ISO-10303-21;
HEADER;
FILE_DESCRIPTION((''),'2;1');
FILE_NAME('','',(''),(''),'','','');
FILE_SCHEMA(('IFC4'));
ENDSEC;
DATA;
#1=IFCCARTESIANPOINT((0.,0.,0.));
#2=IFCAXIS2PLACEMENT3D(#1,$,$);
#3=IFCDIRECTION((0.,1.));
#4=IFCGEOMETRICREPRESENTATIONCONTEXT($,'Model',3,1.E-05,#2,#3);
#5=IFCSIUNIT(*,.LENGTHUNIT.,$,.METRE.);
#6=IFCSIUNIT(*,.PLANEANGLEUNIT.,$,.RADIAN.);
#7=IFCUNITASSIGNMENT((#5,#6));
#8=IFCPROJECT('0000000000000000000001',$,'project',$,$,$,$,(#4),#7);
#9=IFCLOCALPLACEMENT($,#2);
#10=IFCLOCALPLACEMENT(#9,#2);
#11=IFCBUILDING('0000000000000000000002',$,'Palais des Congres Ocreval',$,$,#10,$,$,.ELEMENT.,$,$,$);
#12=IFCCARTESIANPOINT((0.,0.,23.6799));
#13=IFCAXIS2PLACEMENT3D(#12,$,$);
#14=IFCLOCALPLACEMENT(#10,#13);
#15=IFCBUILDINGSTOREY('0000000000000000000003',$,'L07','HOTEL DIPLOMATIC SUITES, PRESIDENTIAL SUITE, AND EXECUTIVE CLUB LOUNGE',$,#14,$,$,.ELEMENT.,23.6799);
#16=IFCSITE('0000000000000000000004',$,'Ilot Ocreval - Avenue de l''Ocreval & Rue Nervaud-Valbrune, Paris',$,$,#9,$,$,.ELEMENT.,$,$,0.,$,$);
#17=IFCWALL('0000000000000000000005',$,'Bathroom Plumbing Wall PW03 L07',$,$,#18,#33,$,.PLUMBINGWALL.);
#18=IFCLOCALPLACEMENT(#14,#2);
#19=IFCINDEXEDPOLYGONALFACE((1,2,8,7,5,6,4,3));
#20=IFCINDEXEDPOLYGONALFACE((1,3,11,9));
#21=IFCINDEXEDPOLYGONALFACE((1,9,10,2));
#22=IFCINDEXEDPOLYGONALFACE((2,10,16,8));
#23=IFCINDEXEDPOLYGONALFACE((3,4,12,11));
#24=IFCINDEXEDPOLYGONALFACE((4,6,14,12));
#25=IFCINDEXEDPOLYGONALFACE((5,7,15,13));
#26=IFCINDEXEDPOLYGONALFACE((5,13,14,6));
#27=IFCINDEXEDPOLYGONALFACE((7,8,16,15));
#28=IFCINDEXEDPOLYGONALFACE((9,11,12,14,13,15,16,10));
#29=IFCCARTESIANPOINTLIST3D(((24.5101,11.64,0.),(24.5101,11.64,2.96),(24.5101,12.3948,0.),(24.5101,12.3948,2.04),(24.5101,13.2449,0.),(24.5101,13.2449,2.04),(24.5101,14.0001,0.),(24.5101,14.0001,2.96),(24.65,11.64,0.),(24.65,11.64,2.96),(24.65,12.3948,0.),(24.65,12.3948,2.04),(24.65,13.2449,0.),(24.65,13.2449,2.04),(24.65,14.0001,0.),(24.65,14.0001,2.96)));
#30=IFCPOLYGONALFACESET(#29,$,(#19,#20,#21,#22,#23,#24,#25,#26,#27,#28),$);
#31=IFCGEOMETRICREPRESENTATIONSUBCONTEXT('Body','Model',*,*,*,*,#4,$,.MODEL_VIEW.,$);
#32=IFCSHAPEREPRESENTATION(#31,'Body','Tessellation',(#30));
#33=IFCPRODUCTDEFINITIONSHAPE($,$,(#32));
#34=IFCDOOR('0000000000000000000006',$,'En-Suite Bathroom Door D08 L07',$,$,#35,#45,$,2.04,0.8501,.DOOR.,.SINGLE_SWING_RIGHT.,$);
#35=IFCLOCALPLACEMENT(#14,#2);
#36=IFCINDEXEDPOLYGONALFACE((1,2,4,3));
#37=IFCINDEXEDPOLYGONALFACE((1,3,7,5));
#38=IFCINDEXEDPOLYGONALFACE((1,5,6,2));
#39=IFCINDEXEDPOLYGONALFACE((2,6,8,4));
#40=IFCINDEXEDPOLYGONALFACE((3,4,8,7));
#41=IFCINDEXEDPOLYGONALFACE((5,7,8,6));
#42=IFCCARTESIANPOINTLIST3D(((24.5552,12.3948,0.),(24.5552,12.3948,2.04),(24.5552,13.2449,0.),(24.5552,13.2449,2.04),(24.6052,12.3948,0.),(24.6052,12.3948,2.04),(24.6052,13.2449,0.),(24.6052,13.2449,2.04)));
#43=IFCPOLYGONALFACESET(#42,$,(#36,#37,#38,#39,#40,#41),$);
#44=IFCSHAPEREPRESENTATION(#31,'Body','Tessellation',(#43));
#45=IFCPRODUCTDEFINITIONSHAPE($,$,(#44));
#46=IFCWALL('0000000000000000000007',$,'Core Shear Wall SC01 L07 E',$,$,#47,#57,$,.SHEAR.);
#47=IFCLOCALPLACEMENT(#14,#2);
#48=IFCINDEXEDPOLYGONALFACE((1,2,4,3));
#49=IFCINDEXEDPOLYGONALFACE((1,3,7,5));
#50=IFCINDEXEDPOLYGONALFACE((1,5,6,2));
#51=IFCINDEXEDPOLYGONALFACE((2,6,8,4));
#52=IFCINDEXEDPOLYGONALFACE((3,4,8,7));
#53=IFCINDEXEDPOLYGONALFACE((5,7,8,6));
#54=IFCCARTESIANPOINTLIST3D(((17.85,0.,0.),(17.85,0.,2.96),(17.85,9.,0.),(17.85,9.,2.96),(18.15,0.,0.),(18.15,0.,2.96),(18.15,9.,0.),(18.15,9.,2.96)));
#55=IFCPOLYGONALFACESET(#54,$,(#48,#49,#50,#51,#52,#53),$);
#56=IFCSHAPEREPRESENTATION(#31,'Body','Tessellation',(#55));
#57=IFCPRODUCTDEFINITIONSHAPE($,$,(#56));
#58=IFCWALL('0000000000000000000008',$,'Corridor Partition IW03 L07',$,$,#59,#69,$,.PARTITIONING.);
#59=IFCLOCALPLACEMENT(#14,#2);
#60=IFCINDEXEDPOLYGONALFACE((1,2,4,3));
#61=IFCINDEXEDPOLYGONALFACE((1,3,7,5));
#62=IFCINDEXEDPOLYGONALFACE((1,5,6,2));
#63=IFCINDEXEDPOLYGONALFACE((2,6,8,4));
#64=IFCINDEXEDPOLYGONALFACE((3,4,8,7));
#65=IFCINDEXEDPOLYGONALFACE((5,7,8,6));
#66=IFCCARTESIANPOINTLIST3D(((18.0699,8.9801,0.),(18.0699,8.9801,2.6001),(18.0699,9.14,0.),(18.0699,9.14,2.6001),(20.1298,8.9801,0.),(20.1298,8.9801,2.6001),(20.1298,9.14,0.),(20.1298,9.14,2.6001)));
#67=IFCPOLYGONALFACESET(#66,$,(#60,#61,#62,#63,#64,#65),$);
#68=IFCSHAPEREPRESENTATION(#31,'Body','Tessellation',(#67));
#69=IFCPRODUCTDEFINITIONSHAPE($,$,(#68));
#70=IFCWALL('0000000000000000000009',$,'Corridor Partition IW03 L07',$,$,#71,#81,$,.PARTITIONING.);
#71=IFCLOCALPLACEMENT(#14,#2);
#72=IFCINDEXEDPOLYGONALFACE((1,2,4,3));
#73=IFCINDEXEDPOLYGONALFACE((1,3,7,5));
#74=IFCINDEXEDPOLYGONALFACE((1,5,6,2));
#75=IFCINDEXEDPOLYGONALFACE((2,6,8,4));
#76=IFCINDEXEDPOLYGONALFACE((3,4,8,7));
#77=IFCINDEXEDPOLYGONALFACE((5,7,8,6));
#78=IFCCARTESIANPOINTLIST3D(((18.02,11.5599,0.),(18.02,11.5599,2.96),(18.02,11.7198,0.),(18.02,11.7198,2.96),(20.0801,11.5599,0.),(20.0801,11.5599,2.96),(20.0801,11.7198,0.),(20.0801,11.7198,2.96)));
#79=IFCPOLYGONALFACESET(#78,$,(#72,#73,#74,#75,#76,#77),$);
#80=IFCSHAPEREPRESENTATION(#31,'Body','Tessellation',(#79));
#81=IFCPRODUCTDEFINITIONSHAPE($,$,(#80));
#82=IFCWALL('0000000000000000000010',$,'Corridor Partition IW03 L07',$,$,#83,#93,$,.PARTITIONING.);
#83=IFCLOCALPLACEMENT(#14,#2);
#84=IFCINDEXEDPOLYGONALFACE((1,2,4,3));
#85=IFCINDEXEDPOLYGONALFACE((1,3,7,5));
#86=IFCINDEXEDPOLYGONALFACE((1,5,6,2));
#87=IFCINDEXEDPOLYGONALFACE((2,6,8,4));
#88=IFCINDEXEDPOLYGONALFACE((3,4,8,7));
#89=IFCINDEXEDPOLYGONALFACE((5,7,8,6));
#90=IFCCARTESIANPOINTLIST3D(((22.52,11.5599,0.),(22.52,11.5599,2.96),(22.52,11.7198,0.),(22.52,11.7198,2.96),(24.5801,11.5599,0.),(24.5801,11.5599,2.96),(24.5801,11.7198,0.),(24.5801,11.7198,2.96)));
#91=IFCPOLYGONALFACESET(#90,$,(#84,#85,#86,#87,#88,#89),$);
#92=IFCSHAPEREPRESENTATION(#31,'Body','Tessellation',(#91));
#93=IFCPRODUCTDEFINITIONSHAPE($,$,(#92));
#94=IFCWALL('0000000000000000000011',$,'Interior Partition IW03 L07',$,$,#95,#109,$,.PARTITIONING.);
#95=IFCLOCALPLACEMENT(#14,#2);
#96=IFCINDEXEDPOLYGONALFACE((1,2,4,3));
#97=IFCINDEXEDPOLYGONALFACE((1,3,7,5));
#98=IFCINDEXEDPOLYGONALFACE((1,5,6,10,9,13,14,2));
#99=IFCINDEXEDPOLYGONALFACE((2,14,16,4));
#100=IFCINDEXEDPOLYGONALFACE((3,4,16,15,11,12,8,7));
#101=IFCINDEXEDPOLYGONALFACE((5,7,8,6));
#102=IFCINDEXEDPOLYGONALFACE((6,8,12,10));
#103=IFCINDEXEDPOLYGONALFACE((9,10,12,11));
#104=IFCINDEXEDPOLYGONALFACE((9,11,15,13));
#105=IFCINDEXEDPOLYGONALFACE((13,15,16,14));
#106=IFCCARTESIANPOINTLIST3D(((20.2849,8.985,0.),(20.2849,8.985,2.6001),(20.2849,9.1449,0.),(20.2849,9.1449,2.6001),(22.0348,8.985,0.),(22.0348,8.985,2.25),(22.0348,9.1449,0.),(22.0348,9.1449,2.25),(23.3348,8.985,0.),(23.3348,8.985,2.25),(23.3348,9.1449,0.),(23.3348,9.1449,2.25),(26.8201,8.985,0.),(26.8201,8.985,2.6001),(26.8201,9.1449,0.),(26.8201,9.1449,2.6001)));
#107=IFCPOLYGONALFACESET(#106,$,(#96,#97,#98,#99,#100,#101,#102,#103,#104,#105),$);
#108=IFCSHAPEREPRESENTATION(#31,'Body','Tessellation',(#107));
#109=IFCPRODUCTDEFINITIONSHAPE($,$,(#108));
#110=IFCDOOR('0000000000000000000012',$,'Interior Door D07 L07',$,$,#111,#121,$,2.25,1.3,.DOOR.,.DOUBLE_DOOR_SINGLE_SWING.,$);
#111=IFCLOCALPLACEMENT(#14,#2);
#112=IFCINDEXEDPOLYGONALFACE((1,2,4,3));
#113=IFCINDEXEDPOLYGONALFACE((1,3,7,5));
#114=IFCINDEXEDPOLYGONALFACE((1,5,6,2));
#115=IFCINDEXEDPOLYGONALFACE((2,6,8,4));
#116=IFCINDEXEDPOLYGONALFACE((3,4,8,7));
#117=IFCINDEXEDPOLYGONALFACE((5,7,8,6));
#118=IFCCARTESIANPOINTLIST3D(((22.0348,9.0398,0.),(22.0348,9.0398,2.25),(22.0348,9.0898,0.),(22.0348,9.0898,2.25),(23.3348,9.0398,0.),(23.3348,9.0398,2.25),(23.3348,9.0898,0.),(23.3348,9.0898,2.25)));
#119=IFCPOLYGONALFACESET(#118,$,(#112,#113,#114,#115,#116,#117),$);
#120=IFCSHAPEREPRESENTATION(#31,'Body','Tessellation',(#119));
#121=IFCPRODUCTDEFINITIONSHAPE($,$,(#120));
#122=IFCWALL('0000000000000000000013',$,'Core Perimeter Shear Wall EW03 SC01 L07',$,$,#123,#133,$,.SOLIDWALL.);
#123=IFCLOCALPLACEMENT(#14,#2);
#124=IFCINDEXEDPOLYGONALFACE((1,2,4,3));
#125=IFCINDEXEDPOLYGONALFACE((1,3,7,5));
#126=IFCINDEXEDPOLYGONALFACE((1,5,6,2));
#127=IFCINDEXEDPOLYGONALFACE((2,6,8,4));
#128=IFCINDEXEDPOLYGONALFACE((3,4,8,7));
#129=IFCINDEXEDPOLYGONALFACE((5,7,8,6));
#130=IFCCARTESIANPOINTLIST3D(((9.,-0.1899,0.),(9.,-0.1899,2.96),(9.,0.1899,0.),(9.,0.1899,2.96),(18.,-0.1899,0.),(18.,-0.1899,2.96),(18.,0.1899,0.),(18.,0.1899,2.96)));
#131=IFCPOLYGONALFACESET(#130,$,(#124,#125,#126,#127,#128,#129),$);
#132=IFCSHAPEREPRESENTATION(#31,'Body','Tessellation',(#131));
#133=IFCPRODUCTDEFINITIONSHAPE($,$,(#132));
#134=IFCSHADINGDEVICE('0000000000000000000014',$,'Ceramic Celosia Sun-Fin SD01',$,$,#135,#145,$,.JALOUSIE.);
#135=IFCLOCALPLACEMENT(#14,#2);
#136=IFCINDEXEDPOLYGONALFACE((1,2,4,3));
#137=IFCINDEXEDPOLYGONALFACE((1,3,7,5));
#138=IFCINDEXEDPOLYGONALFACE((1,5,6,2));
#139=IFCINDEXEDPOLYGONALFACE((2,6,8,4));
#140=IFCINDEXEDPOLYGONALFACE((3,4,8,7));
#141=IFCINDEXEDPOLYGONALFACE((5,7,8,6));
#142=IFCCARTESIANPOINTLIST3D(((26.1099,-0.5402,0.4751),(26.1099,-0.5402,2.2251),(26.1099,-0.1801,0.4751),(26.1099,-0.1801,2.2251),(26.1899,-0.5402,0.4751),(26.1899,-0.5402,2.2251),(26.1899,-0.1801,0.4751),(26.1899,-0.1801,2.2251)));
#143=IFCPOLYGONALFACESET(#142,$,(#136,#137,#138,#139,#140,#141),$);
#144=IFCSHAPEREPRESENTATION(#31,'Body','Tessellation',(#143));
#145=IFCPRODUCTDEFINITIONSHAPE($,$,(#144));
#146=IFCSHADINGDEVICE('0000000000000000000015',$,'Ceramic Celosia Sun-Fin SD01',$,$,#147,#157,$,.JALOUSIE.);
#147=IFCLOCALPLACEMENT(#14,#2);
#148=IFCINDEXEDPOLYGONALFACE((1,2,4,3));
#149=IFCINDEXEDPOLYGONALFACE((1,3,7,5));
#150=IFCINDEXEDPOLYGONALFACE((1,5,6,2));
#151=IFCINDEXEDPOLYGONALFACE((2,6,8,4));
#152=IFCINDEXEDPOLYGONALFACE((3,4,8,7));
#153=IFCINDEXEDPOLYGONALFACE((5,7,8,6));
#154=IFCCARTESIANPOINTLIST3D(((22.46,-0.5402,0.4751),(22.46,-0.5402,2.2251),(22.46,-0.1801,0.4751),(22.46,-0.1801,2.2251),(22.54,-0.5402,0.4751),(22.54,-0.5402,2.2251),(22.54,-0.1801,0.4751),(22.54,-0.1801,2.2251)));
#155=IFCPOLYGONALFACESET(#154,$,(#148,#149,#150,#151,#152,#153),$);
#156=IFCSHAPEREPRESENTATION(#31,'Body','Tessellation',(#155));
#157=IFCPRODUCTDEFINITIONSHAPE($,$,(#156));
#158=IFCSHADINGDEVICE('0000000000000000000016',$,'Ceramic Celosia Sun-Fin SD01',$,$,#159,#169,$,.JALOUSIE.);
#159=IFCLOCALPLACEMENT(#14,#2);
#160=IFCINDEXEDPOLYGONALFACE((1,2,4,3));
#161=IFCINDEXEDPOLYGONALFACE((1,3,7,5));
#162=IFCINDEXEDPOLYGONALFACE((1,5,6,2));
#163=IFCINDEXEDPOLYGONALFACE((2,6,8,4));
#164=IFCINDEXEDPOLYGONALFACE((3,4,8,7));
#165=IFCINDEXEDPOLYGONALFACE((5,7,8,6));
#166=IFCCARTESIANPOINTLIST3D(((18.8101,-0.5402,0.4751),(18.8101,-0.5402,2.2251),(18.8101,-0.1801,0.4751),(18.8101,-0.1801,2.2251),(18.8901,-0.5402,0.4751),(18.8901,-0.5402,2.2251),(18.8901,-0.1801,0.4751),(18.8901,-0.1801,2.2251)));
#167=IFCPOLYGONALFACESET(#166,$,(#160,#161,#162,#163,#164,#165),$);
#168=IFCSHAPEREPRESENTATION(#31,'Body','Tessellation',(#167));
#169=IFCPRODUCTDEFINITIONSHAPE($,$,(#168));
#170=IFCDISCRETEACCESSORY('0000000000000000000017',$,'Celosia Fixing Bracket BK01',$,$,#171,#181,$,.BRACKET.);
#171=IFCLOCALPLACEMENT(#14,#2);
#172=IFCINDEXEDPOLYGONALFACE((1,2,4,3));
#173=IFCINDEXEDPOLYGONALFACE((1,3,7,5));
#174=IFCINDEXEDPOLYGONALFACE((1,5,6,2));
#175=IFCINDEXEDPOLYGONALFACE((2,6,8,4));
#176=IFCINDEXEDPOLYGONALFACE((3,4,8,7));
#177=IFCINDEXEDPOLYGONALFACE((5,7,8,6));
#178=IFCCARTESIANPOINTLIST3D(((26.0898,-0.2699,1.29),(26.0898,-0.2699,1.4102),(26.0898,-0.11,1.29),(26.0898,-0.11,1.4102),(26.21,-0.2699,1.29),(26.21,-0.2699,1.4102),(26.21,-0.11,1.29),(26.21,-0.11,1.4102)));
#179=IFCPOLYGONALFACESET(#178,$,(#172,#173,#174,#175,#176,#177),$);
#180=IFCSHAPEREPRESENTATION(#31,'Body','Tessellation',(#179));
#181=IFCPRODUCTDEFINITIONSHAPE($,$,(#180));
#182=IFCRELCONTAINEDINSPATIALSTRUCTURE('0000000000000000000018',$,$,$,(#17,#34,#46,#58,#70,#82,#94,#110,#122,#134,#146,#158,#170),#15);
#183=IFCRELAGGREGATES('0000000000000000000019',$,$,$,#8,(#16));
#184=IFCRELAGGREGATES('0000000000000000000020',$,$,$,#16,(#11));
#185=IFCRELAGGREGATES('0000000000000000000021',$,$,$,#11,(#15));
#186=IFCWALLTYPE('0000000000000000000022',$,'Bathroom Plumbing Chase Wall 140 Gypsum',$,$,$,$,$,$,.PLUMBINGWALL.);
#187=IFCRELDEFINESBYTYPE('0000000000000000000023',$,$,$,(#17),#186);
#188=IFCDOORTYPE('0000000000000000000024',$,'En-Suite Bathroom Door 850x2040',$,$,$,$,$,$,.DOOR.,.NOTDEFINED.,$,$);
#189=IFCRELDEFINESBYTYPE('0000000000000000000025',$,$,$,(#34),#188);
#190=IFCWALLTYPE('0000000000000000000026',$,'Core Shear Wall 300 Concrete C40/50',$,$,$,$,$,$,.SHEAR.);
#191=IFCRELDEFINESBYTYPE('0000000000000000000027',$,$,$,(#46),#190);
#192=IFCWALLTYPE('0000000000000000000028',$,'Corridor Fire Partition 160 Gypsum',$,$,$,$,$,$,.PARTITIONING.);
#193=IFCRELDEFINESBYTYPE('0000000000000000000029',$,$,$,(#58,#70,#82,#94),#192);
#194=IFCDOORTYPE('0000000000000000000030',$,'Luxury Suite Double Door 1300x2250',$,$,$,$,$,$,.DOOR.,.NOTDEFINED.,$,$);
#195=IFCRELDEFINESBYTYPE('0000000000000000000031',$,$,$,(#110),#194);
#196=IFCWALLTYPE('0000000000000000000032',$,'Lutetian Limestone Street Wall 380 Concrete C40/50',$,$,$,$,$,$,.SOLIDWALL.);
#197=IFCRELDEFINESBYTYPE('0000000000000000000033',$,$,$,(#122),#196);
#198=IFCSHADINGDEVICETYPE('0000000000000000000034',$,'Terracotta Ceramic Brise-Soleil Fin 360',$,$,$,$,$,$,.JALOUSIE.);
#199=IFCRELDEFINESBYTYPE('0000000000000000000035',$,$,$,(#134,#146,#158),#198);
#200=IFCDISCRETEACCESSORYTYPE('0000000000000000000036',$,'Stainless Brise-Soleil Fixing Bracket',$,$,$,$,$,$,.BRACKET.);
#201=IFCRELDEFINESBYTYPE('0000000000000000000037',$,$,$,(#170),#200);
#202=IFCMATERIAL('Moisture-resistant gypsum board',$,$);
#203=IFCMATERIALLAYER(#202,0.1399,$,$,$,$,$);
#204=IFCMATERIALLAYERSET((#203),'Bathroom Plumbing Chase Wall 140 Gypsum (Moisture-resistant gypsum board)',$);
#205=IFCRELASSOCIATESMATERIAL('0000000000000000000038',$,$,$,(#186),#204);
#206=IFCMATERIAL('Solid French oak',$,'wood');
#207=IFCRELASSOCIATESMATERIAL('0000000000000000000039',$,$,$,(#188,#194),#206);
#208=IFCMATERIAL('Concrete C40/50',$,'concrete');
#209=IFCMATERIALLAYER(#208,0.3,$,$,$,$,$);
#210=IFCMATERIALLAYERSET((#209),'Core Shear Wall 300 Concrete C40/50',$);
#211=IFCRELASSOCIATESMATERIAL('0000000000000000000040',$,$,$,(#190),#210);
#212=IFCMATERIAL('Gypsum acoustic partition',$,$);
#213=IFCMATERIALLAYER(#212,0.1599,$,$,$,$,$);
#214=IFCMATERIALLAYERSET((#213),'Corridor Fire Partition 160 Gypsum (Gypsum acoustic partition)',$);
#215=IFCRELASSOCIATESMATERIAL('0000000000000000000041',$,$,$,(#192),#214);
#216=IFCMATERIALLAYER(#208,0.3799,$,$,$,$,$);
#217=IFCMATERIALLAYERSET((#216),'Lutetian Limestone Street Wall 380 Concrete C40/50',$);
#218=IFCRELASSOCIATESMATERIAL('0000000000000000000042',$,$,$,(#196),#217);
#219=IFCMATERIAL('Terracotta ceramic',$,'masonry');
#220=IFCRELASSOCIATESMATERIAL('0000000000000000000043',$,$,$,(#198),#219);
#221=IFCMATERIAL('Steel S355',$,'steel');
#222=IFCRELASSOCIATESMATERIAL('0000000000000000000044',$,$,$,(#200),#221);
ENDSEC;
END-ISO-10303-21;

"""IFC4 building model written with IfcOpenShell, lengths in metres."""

from ifc_helpers import new_model, si_unit, direction, frame, frame_2d, origin, origin_2d, place, context, subcontext, project, spatial, rectangle, extrude, material, layer, layer_set, type_object, element, fill, save


model = new_model("IFC4")

# Units and contexts
model_context = context("Model", 3, precision=1e-05, world=origin(), true_north=direction((0.0, 1.0)))
body_context = subcontext(model_context, "Body", "Model", "MODEL_VIEW")
ifc_project = project(units=[si_unit("LENGTHUNIT", "METRE"), si_unit("PLANEANGLEUNIT", "RADIAN")], contexts=[model_context])

# Site, building, storey
site_placement = place(None, origin())
site = spatial("IfcSite", under=ifc_project, at=site_placement, Name="Ilot Ocreval - Avenue de l'Ocreval & Rue Nervaud-Valbrune, Paris", CompositionType="ELEMENT", RefElevation=0.0)
building_placement = place(site_placement, origin())
building = spatial("IfcBuilding", under=site, at=building_placement, Name="Palais des Congres Ocreval", CompositionType="ELEMENT")
storey_placement = place(building_placement, frame((0.0, 0.0, 23.6799)))
storey = spatial("IfcBuildingStorey", under=building, at=storey_placement, Name="L07", Description="HOTEL DIPLOMATIC SUITES, PRESIDENTIAL SUITE, AND EXECUTIVE CLUB LOUNGE", CompositionType="ELEMENT", Elevation=23.6799)

# Shared definitions
ifc_material_1 = material(Name="Concrete C40/50", Category="concrete")

# Shared definitions
ifc_material_2 = material(Name="Steel S355", Category="steel")

# Shared definitions
ifc_material_3 = material(Name="Moisture-resistant gypsum board")
ifc_layer_1 = layer(ifc_material_3, 0.1399)
ifc_layer_set_1 = layer_set([ifc_layer_1], Name="Bathroom Plumbing Chase Wall 140 Gypsum (Moisture-resistant gypsum board)")
wall_type_1 = type_object("IfcWallType", Name="Bathroom Plumbing Chase Wall 140 Gypsum", PredefinedType="PLUMBINGWALL", material=ifc_layer_set_1)
ifc_material_4 = material(Name="Solid French oak", Category="wood")
door_type_1 = type_object("IfcDoorType", Name="En-Suite Bathroom Door 850x2040", OperationType="NOTDEFINED", PredefinedType="DOOR", material=ifc_material_4)

# Wall, opening, door
wall_1_placement = place(storey_placement, frame((24.5801, 11.6399, 0.0), z_axis=(0.0, 0.0, 1.0), x_axis=(0.0, 1.0, 0.0)))
wall_1 = element("IfcWall", 1, at=wall_1_placement, inside=storey, type_object=wall_type_1, Name="Bathroom Plumbing Wall PW03 L07", PredefinedType="PLUMBINGWALL", context=body_context, shape_type="SweptSolid", body=[
    extrude(rectangle(XDim=2.3601, YDim=0.1399, at=frame_2d((1.1802, 0.0))), origin(), (0.0, 0.0, 1.0), 2.96),
])
opening_1_placement = place(wall_1_placement, frame((0.7549, 0.0, 0.0)))
opening_1 = element("IfcOpeningElement", 2, at=opening_1_placement, cuts=wall_1, PredefinedType="OPENING", context=body_context, shape_type="SweptSolid", body=[
    extrude(rectangle(XDim=0.8501, YDim=2.04, at=frame_2d((0.425, 1.02))), frame((0.0, 0.0798, 0.0), z_axis=(0.0, -1.0, 0.0), x_axis=(1.0, 0.0, 0.0)), (0.0, 0.0, 1.0), 0.1599),
])
door_1_placement = place(opening_1_placement, origin())
door_1 = element("IfcDoor", 3, at=door_1_placement, inside=storey, type_object=door_type_1, Name="En-Suite Bathroom Door D08 L07", OperationType="SINGLE_SWING_RIGHT", OverallHeight=2.04, OverallWidth=0.8501, PredefinedType="DOOR", context=body_context, shape_type="SweptSolid", body=[
    extrude(rectangle(XDim=0.8501, YDim=2.04, at=frame_2d((0.425, 1.02))), frame((0.0, 0.0249, 0.0), z_axis=(0.0, -1.0, 0.0), x_axis=(1.0, 0.0, 0.0)), (0.0, 0.0, 1.0), 0.05),
])
fill(opening_1, door_1)

# Walls
ifc_layer_2 = layer(ifc_material_1, 0.3)
ifc_layer_set_2 = layer_set([ifc_layer_2], Name="Core Shear Wall 300 Concrete C40/50")
wall_type_2 = type_object("IfcWallType", Name="Core Shear Wall 300 Concrete C40/50", PredefinedType="SHEAR", material=ifc_layer_set_2)
wall_2_placement = place(storey_placement, frame((18.0, 0.0, 0.0), z_axis=(0.0, 0.0, 1.0), x_axis=(0.0, 1.0, 0.0)))
element("IfcWall", 4, at=wall_2_placement, inside=storey, type_object=wall_type_2, Name="Core Shear Wall SC01 L07 E", PredefinedType="SHEAR", context=body_context, shape_type="SweptSolid", body=[
    extrude(rectangle(XDim=9.0, YDim=0.3, at=frame_2d((4.5, 0.0))), origin(), (0.0, 0.0, 1.0), 2.96),
])
ifc_material_5 = material(Name="Gypsum acoustic partition")
ifc_layer_3 = layer(ifc_material_5, 0.1599)
ifc_layer_set_3 = layer_set([ifc_layer_3], Name="Corridor Fire Partition 160 Gypsum (Gypsum acoustic partition)")
wall_type_3 = type_object("IfcWallType", Name="Corridor Fire Partition 160 Gypsum", PredefinedType="PARTITIONING", material=ifc_layer_set_3)
wall_3_placement = place(storey_placement, frame((18.0701, 9.0601, 0.0), z_axis=(0.0, 0.0, 1.0), x_axis=(1.0, 0.0, 0.0)))
element("IfcWall", 5, at=wall_3_placement, inside=storey, type_object=wall_type_3, Name="Corridor Partition IW03 L07", PredefinedType="PARTITIONING", context=body_context, shape_type="SweptSolid", body=[
    extrude(rectangle(XDim=2.0598, YDim=0.1599, at=frame_2d((1.0298, 0.0))), origin(), (0.0, 0.0, 1.0), 2.6001),
])
for number, where, z_axis, x_axis, name in (
    (6, (18.02, 11.6399, 0.0), (0.0, 0.0, 1.0), (1.0, 0.0, 0.0), "Corridor Partition IW03 L07"),
    (7, (22.52, 11.6399, 0.0), (0.0, 0.0, 1.0), (1.0, 0.0, 0.0), "Corridor Partition IW03 L07"),
):
    element("IfcWall", number, at=place(storey_placement, frame(where, z_axis=z_axis, x_axis=x_axis)), inside=storey, type_object=wall_type_3, Name=name, PredefinedType="PARTITIONING", context=body_context, shape_type="SweptSolid", body=[
        extrude(rectangle(XDim=2.0601, YDim=0.1599, at=frame_2d((1.03, 0.0))), origin(), (0.0, 0.0, 1.0), 2.96),
    ])

# Wall, opening, door
wall_4_placement = place(storey_placement, frame((20.2849, 9.0649, 0.0), z_axis=(0.0, 0.0, 1.0), x_axis=(1.0, 0.0, 0.0)))
wall_4 = element("IfcWall", 8, at=wall_4_placement, inside=storey, type_object=wall_type_3, Name="Interior Partition IW03 L07", PredefinedType="PARTITIONING", context=body_context, shape_type="SweptSolid", body=[
    extrude(rectangle(XDim=6.5352, YDim=0.1599, at=frame_2d((3.2676, 0.0))), origin(), (0.0, 0.0, 1.0), 2.6001),
])
opening_2_placement = place(wall_4_placement, frame((1.75, 0.0, 0.0)))
opening_2 = element("IfcOpeningElement", 9, at=opening_2_placement, cuts=wall_4, PredefinedType="OPENING", context=body_context, shape_type="SweptSolid", body=[
    extrude(rectangle(XDim=1.3, YDim=2.25, at=frame_2d((0.6499, 1.125))), frame((0.0, 0.0898, 0.0), z_axis=(0.0, -1.0, 0.0), x_axis=(1.0, 0.0, 0.0)), (0.0, 0.0, 1.0), 0.1799),
])
door_type_2 = type_object("IfcDoorType", Name="Luxury Suite Double Door 1300x2250", OperationType="NOTDEFINED", PredefinedType="DOOR", material=ifc_material_4)
door_2_placement = place(opening_2_placement, origin())
door_2 = element("IfcDoor", 10, at=door_2_placement, inside=storey, type_object=door_type_2, Name="Interior Door D07 L07", OperationType="DOUBLE_DOOR_SINGLE_SWING", OverallHeight=2.25, OverallWidth=1.3, PredefinedType="DOOR", context=body_context, shape_type="SweptSolid", body=[
    extrude(rectangle(XDim=1.3, YDim=2.25, at=frame_2d((0.6499, 1.125))), frame((0.0, 0.0249, 0.0), z_axis=(0.0, -1.0, 0.0), x_axis=(1.0, 0.0, 0.0)), (0.0, 0.0, 1.0), 0.05),
])
fill(opening_2, door_2)

# Wall
ifc_layer_4 = layer(ifc_material_1, 0.3799)
ifc_layer_set_4 = layer_set([ifc_layer_4], Name="Lutetian Limestone Street Wall 380 Concrete C40/50")
wall_type_4 = type_object("IfcWallType", Name="Lutetian Limestone Street Wall 380 Concrete C40/50", PredefinedType="SOLIDWALL", material=ifc_layer_set_4)
wall_5_placement = place(storey_placement, frame((18.0, 0.0, 0.0), z_axis=(0.0, 0.0, 1.0), x_axis=(-1.0, 0.0, 0.0)))
element("IfcWall", 11, at=wall_5_placement, inside=storey, type_object=wall_type_4, Name="Core Perimeter Shear Wall EW03 SC01 L07", PredefinedType="SOLIDWALL", context=body_context, shape_type="SweptSolid", body=[
    extrude(rectangle(XDim=9.0, YDim=0.3799, at=frame_2d((4.5, 0.0))), origin(), (0.0, 0.0, 1.0), 2.96),
])

# Shading devices
ifc_material_6 = material(Name="Terracotta ceramic", Category="masonry")
shading_device_type = type_object("IfcShadingDeviceType", Name="Terracotta Ceramic Brise-Soleil Fin 360", PredefinedType="JALOUSIE", material=ifc_material_6)
for number, where, z_axis, x_axis, name in (
    (12, (26.1499, -0.3601, 0.4751), (0.0, 0.0, 1.0), (0.0, -1.0, 0.0), "Ceramic Celosia Sun-Fin SD01"),
    (13, (22.5, -0.3601, 0.4751), (0.0, 0.0, 1.0), (0.0, -1.0, 0.0), "Ceramic Celosia Sun-Fin SD01"),
    (14, (18.8501, -0.3601, 0.4751), (0.0, 0.0, 1.0), (0.0, -1.0, 0.0), "Ceramic Celosia Sun-Fin SD01"),
):
    element("IfcShadingDevice", number, at=place(storey_placement, frame(where, z_axis=z_axis, x_axis=x_axis)), inside=storey, type_object=shading_device_type, Name=name, PredefinedType="JALOUSIE", context=body_context, shape_type="SweptSolid", body=[
        extrude(rectangle(XDim=0.3601, YDim=0.0801, at=origin_2d()), origin(), (0.0, 0.0, 1.0), 1.75),
    ])

# Discrete accessory
discrete_accessory_type = type_object("IfcDiscreteAccessoryType", Name="Stainless Brise-Soleil Fixing Bracket", PredefinedType="BRACKET", material=ifc_material_2)
for number, where, z_axis, x_axis, name in (
    (15, (26.1499, -0.1899, 1.29), (0.0, 0.0, 1.0), (0.0, -1.0, 0.0), "Celosia Fixing Bracket BK01"),
):
    element("IfcDiscreteAccessory", number, at=place(storey_placement, frame(where, z_axis=z_axis, x_axis=x_axis)), inside=storey, type_object=discrete_accessory_type, Name=name, PredefinedType="BRACKET", context=body_context, shape_type="SweptSolid", body=[
        extrude(rectangle(XDim=0.1599, YDim=0.1201, at=origin_2d()), origin(), (0.0, 0.0, 1.0), 0.1201),
    ])

save(model, "model.ifc")
